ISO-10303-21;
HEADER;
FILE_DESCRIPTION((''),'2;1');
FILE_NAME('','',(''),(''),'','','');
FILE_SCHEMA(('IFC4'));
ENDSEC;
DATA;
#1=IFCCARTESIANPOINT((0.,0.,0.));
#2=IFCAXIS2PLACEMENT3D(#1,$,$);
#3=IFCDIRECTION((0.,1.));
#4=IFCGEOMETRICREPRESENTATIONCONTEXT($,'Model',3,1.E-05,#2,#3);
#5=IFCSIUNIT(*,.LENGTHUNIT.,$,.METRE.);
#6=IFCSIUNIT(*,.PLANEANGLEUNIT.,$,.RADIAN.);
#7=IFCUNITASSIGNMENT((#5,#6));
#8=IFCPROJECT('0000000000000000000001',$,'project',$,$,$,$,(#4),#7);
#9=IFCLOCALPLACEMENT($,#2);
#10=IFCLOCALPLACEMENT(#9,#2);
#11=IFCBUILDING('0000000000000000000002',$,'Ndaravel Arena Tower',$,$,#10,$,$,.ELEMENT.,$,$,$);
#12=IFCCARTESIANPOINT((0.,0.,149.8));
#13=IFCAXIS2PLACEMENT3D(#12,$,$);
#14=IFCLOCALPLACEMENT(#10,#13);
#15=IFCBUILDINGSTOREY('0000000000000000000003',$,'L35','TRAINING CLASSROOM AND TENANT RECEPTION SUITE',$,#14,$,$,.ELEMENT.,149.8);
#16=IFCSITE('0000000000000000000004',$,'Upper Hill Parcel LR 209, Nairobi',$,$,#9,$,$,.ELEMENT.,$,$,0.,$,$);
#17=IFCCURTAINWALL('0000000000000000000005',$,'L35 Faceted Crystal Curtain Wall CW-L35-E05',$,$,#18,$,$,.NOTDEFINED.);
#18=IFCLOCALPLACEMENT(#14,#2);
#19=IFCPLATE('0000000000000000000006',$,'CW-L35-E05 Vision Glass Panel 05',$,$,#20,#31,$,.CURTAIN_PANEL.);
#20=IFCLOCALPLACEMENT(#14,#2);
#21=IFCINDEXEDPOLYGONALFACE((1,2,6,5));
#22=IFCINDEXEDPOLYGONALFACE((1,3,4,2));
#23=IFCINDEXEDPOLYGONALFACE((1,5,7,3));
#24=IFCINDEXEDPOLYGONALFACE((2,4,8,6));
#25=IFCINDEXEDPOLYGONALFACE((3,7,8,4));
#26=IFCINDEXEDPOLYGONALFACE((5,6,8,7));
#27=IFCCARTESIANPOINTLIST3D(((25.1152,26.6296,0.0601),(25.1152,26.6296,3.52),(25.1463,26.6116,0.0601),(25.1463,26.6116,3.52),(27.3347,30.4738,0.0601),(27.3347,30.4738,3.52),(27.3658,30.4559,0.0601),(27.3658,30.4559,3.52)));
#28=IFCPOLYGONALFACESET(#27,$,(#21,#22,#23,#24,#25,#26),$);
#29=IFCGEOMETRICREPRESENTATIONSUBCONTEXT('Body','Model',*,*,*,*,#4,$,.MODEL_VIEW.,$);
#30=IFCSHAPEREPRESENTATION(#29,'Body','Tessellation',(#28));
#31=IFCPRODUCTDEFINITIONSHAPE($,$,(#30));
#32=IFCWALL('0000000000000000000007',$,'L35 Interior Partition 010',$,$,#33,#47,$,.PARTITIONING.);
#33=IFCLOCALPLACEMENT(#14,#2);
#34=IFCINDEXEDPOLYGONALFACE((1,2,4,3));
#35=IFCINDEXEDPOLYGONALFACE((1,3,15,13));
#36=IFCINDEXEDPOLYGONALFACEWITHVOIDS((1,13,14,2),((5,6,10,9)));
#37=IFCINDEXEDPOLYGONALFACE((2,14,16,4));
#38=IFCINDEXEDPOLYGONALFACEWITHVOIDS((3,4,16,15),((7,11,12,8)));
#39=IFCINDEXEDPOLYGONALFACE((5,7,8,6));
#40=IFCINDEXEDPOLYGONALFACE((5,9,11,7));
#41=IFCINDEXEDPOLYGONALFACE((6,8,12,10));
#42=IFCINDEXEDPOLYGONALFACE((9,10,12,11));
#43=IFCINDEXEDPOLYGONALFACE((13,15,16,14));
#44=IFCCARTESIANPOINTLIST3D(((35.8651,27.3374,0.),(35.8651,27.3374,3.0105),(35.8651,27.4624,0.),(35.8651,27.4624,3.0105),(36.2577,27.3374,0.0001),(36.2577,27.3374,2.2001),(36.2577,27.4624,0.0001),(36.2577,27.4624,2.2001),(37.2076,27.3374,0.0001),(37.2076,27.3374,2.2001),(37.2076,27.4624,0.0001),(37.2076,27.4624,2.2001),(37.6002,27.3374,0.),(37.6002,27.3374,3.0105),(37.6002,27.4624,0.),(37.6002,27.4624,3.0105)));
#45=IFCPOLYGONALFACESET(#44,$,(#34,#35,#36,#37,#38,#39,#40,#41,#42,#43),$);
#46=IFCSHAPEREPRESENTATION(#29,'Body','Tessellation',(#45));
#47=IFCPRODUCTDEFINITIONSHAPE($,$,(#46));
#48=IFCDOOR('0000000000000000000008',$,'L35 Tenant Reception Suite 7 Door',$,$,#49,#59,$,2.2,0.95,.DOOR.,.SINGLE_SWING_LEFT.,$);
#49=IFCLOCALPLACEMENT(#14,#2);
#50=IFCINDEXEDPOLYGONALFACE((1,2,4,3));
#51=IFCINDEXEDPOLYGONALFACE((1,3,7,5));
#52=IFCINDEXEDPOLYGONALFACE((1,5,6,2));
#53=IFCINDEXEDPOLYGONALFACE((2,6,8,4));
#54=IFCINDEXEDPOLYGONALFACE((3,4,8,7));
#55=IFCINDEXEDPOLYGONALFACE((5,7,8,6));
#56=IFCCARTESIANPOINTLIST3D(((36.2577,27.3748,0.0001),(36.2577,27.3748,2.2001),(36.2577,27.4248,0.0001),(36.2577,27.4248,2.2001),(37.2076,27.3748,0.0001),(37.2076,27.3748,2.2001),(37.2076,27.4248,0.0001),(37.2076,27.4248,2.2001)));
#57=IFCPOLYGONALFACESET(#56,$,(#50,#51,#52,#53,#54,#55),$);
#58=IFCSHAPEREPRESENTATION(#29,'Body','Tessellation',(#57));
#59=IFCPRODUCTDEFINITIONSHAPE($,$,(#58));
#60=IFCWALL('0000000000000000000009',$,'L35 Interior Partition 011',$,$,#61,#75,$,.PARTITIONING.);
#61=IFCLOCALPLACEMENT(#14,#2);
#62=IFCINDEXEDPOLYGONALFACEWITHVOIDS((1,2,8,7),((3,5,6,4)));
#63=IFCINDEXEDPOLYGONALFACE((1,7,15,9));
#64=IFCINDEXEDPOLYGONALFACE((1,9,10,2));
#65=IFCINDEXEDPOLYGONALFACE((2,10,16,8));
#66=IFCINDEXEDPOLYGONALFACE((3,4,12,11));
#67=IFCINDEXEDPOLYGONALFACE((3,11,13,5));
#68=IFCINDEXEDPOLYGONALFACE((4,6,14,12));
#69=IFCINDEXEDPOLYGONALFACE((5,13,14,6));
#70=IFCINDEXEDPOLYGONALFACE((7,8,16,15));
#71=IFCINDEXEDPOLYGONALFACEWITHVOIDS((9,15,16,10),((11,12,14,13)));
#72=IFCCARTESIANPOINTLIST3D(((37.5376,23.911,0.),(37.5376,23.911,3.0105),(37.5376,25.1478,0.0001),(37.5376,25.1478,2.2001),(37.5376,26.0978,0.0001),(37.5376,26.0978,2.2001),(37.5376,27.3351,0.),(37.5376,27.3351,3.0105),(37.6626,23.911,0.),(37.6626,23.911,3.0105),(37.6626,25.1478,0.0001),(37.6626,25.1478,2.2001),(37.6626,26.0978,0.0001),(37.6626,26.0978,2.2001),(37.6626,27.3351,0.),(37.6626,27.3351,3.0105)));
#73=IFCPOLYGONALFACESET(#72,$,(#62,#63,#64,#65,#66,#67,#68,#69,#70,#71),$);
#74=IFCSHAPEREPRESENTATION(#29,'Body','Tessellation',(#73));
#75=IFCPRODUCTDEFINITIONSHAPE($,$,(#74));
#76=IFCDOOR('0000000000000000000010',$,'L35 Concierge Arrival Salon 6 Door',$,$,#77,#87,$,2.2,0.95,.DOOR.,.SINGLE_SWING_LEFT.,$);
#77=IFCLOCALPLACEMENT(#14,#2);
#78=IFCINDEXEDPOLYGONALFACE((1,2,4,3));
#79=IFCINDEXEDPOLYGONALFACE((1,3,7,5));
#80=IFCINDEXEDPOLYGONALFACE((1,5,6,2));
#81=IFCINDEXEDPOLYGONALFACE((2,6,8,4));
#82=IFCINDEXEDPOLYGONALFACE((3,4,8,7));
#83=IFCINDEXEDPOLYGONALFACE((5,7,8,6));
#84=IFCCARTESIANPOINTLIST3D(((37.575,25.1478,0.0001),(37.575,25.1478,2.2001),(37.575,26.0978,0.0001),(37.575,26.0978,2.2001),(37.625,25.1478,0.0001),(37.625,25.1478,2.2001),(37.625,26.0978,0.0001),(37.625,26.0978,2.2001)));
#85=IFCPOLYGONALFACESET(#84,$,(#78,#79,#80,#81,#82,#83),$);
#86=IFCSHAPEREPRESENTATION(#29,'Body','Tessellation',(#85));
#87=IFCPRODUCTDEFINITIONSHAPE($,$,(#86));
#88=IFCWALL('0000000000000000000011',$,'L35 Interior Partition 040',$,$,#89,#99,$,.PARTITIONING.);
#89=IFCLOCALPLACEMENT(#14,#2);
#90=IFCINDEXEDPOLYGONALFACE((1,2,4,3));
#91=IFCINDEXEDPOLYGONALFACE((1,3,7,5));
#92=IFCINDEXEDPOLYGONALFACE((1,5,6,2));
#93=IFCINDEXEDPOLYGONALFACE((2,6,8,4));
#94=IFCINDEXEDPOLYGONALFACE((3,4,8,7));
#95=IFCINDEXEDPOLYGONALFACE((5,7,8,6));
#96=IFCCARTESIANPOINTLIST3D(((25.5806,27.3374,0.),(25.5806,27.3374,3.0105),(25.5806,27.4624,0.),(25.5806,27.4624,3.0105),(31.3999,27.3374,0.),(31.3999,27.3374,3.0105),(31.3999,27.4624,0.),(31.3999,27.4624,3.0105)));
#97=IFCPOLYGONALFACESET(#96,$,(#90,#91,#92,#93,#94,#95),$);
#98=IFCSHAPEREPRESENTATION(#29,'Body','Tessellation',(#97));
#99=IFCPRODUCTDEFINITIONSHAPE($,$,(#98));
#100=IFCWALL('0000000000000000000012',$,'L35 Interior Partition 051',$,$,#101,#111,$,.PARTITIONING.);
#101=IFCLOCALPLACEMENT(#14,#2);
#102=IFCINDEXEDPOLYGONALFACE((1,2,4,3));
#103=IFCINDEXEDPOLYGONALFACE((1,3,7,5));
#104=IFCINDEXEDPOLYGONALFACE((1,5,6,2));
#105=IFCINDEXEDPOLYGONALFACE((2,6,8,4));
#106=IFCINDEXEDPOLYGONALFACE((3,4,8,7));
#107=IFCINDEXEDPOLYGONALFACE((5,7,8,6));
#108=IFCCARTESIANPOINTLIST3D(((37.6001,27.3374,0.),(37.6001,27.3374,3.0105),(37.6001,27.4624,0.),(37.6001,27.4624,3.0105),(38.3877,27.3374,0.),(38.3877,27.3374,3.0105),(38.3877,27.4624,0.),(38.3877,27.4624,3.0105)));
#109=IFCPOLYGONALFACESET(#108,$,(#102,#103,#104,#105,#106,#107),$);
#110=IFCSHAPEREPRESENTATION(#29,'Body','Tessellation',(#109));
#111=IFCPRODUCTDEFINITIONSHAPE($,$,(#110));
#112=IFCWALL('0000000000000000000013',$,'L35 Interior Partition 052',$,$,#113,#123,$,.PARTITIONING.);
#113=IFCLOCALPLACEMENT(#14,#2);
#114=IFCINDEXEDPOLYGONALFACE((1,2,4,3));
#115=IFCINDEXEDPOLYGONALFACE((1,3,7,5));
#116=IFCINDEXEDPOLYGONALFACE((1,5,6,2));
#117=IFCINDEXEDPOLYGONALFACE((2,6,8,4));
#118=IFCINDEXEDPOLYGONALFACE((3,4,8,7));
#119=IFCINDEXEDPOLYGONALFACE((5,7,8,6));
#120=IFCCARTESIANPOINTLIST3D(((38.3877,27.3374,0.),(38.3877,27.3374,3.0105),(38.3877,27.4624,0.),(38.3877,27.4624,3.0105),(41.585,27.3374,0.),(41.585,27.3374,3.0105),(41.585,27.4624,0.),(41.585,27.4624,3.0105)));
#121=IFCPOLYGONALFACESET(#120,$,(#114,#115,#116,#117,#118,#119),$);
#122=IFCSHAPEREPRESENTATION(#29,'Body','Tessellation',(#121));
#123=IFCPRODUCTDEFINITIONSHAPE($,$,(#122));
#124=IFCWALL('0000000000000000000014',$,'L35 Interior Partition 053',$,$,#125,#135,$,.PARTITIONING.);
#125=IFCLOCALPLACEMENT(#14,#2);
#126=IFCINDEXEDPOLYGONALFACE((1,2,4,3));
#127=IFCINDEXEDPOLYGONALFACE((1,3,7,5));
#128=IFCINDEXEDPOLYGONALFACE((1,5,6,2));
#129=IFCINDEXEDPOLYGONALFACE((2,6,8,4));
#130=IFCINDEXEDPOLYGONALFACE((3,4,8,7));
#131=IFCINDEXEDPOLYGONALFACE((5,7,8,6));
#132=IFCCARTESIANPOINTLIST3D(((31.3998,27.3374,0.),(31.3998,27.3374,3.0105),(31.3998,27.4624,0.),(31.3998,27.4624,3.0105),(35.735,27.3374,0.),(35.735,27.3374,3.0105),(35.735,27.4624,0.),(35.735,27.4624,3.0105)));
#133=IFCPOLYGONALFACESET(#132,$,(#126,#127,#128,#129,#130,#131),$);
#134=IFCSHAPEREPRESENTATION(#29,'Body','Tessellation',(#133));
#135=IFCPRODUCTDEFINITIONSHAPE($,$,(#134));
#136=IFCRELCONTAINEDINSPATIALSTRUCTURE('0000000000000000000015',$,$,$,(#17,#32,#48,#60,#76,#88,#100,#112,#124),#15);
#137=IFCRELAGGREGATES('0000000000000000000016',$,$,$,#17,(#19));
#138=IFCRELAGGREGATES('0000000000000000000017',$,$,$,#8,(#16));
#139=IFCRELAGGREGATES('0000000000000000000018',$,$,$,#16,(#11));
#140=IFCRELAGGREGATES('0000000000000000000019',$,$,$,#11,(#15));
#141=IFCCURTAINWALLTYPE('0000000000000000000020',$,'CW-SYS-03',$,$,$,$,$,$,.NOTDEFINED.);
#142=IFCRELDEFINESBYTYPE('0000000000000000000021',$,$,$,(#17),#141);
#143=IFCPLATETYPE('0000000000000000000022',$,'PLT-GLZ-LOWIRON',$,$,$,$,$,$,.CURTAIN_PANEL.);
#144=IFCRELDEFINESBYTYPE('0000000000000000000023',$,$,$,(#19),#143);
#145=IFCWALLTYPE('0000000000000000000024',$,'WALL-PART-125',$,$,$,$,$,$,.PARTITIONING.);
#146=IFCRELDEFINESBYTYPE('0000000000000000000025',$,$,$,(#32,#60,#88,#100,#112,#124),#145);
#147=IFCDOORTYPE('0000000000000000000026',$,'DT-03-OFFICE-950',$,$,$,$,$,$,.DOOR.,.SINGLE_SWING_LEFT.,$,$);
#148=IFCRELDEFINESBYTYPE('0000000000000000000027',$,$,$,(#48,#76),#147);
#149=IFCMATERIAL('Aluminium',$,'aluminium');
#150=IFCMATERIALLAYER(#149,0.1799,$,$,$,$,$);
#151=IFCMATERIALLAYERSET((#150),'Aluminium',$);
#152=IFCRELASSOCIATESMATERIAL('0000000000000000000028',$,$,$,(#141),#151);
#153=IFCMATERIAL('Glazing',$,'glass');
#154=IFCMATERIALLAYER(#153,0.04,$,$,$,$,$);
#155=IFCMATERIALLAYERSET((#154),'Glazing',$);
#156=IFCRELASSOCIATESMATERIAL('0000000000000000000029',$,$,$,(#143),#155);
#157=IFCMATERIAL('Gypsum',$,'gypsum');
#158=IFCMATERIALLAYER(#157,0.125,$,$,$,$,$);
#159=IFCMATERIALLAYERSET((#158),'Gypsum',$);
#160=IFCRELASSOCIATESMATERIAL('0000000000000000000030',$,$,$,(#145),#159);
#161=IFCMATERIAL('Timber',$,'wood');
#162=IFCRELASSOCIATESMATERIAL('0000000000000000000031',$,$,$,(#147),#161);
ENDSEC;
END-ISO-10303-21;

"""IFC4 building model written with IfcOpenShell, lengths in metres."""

from ifc_helpers import new_model, si_unit, direction, frame, frame_2d, origin, origin_2d, place, context, subcontext, project, spatial, rectangle, extrude, material, layer, layer_set, type_object, element, fill, aggregate, save


model = new_model("IFC4")

# Units and contexts
model_context = context("Model", 3, precision=1e-05, world=origin(), true_north=direction((0.0, 1.0)))
body_context = subcontext(model_context, "Body", "Model", "MODEL_VIEW")
ifc_project = project(units=[si_unit("LENGTHUNIT", "METRE"), si_unit("PLANEANGLEUNIT", "RADIAN")], contexts=[model_context])

# Site, building, storey
site_placement = place(None, origin())
site = spatial("IfcSite", under=ifc_project, at=site_placement, Name="Upper Hill Parcel LR 209, Nairobi", CompositionType="ELEMENT", RefElevation=0.0)
building_placement = place(site_placement, origin())
building = spatial("IfcBuilding", under=site, at=building_placement, Name="Ndaravel Arena Tower", CompositionType="ELEMENT")
storey_placement = place(building_placement, frame((0.0, 0.0, 149.8)))
storey = spatial("IfcBuildingStorey", under=building, at=storey_placement, Name="L35", Description="TRAINING CLASSROOM AND TENANT RECEPTION SUITE", CompositionType="ELEMENT", Elevation=149.8)

# Curtain wall, plate
ifc_material_1 = material(Name="Aluminium", Category="aluminium")
ifc_layer_1 = layer(ifc_material_1, 0.1799)
ifc_layer_set_1 = layer_set([ifc_layer_1], Name="Aluminium")
curtain_wall_type = type_object("IfcCurtainWallType", Name="CW-SYS-03", PredefinedType="NOTDEFINED", material=ifc_layer_set_1)
curtain_wall_placement = place(storey_placement, origin())
curtain_wall = element("IfcCurtainWall", 1, at=curtain_wall_placement, inside=storey, type_object=curtain_wall_type, Name="L35 Faceted Crystal Curtain Wall CW-L35-E05", PredefinedType="NOTDEFINED")
ifc_material_2 = material(Name="Glazing", Category="glass")
ifc_layer_2 = layer(ifc_material_2, 0.04)
ifc_layer_set_2 = layer_set([ifc_layer_2], Name="Glazing")
plate_type = type_object("IfcPlateType", Name="PLT-GLZ-LOWIRON", PredefinedType="CURTAIN_PANEL", material=ifc_layer_set_2)
plate_1_placement = place(storey_placement, frame((26.2405, 28.5427, 0.0601), z_axis=(0.0, 0.0, 1.0), x_axis=(-0.5, -0.866025, 0.0)))
plate_1 = element("IfcPlate", 2, at=plate_1_placement, type_object=plate_type, Name="CW-L35-E05 Vision Glass Panel 05", PredefinedType="CURTAIN_PANEL", context=body_context, shape_type="SweptSolid", body=[
    extrude(rectangle(XDim=4.439, YDim=0.0359, at=origin_2d()), origin(), (0.0, 0.0, 1.0), 3.46),
])
aggregate(curtain_wall, [plate_1])

# Walls, openings, doors
ifc_material_3 = material(Name="Gypsum", Category="gypsum")
ifc_layer_3 = layer(ifc_material_3, 0.125)
ifc_layer_set_3 = layer_set([ifc_layer_3], Name="Gypsum")
wall_type = type_object("IfcWallType", Name="WALL-PART-125", PredefinedType="PARTITIONING", material=ifc_layer_set_3)
wall_1_placement = place(storey_placement, frame((35.865, 27.3999, 0.0), z_axis=(0.0, 0.0, 1.0), x_axis=(1.0, 0.0, 0.0)))
wall_1 = element("IfcWall", 3, at=wall_1_placement, inside=storey, type_object=wall_type, Name="L35 Interior Partition 010", PredefinedType="PARTITIONING", context=body_context, shape_type="SweptSolid", body=[
    extrude(rectangle(XDim=1.7351, YDim=0.125, at=frame_2d((0.8677, 0.0))), origin(), (0.0, 0.0, 1.0), 3.0105),
])
opening_1_placement = place(wall_1_placement, frame((0.3926, 0.0, 0.0)))
opening_1 = element("IfcOpeningElement", 4, at=opening_1_placement, cuts=wall_1, PredefinedType="OPENING", context=body_context, shape_type="SweptSolid", body=[
    extrude(rectangle(XDim=0.95, YDim=2.2, at=frame_2d((0.4751, 1.1001))), frame((0.0, 0.0625, 0.0), z_axis=(0.0, -1.0, 0.0), x_axis=(1.0, 0.0, 0.0)), (0.0, 0.0, 1.0), 0.125),
])
ifc_material_4 = material(Name="Timber", Category="wood")
door_type = type_object("IfcDoorType", Name="DT-03-OFFICE-950", OperationType="SINGLE_SWING_LEFT", PredefinedType="DOOR", material=ifc_material_4)
door_1_placement = place(opening_1_placement, origin())
door_1 = element("IfcDoor", 5, at=door_1_placement, inside=storey, type_object=door_type, Name="L35 Tenant Reception Suite 7 Door", OperationType="SINGLE_SWING_LEFT", OverallHeight=2.2, OverallWidth=0.95, PredefinedType="DOOR", context=body_context, shape_type="SweptSolid", body=[
    extrude(rectangle(XDim=0.95, YDim=2.2, at=frame_2d((0.4751, 1.1001))), frame((0.0, 0.0249, 0.0), z_axis=(0.0, -1.0, 0.0), x_axis=(1.0, 0.0, 0.0)), (0.0, 0.0, 1.0), 0.05),
])
fill(opening_1, door_1)
wall_2_placement = place(storey_placement, frame((37.6001, 27.335, 0.0), z_axis=(0.0, 0.0, 1.0), x_axis=(0.0, -1.0, 0.0)))
wall_2 = element("IfcWall", 6, at=wall_2_placement, inside=storey, type_object=wall_type, Name="L35 Interior Partition 011", PredefinedType="PARTITIONING", context=body_context, shape_type="SweptSolid", body=[
    extrude(rectangle(XDim=3.4241, YDim=0.125, at=frame_2d((1.7119, 0.0))), origin(), (0.0, 0.0, 1.0), 3.0105),
])
opening_2_placement = place(wall_2_placement, frame((1.2371, 0.0, 0.0)))
opening_2 = element("IfcOpeningElement", 7, at=opening_2_placement, cuts=wall_2, PredefinedType="OPENING", context=body_context, shape_type="SweptSolid", body=[
    extrude(rectangle(XDim=0.95, YDim=2.2, at=frame_2d((0.4751, 1.1001))), frame((0.0, 0.0625, 0.0), z_axis=(0.0, -1.0, 0.0), x_axis=(1.0, 0.0, 0.0)), (0.0, 0.0, 1.0), 0.125),
])
door_2_placement = place(opening_2_placement, origin())
door_2 = element("IfcDoor", 8, at=door_2_placement, inside=storey, type_object=door_type, Name="L35 Concierge Arrival Salon 6 Door", OperationType="SINGLE_SWING_LEFT", OverallHeight=2.2, OverallWidth=0.95, PredefinedType="DOOR", context=body_context, shape_type="SweptSolid", body=[
    extrude(rectangle(XDim=0.95, YDim=2.2, at=frame_2d((0.4751, 1.1001))), frame((0.0, 0.0249, 0.0), z_axis=(0.0, -1.0, 0.0), x_axis=(1.0, 0.0, 0.0)), (0.0, 0.0, 1.0), 0.05),
])
fill(opening_2, door_2)

# Walls
wall_3_placement = place(storey_placement, frame((25.5806, 27.3999, 0.0), z_axis=(0.0, 0.0, 1.0), x_axis=(1.0, 0.0, 0.0)))
element("IfcWall", 9, at=wall_3_placement, inside=storey, type_object=wall_type, Name="L35 Interior Partition 040", PredefinedType="PARTITIONING", context=body_context, shape_type="SweptSolid", body=[
    extrude(rectangle(XDim=5.8193, YDim=0.125, at=frame_2d((2.9097, 0.0))), origin(), (0.0, 0.0, 1.0), 3.0105),
])
wall_4_placement = place(storey_placement, frame((37.6001, 27.3999, 0.0), z_axis=(0.0, 0.0, 1.0), x_axis=(1.0, 0.0, 0.0)))
element("IfcWall", 10, at=wall_4_placement, inside=storey, type_object=wall_type, Name="L35 Interior Partition 051", PredefinedType="PARTITIONING", context=body_context, shape_type="SweptSolid", body=[
    extrude(rectangle(XDim=0.7876, YDim=0.125, at=frame_2d((0.3938, 0.0))), origin(), (0.0, 0.0, 1.0), 3.0105),
])
wall_5_placement = place(storey_placement, frame((38.3877, 27.3999, 0.0), z_axis=(0.0, 0.0, 1.0), x_axis=(1.0, 0.0, 0.0)))
element("IfcWall", 11, at=wall_5_placement, inside=storey, type_object=wall_type, Name="L35 Interior Partition 052", PredefinedType="PARTITIONING", context=body_context, shape_type="SweptSolid", body=[
    extrude(rectangle(XDim=3.1973, YDim=0.125, at=frame_2d((1.5986, 0.0))), origin(), (0.0, 0.0, 1.0), 3.0105),
])
wall_6_placement = place(storey_placement, frame((31.3999, 27.3999, 0.0), z_axis=(0.0, 0.0, 1.0), x_axis=(1.0, 0.0, 0.0)))
element("IfcWall", 12, at=wall_6_placement, inside=storey, type_object=wall_type, Name="L35 Interior Partition 053", PredefinedType="PARTITIONING", context=body_context, shape_type="SweptSolid", body=[
    extrude(rectangle(XDim=4.3352, YDim=0.125, at=frame_2d((2.1675, 0.0))), origin(), (0.0, 0.0, 1.0), 3.0105),
])

save(model, "model.ifc")
